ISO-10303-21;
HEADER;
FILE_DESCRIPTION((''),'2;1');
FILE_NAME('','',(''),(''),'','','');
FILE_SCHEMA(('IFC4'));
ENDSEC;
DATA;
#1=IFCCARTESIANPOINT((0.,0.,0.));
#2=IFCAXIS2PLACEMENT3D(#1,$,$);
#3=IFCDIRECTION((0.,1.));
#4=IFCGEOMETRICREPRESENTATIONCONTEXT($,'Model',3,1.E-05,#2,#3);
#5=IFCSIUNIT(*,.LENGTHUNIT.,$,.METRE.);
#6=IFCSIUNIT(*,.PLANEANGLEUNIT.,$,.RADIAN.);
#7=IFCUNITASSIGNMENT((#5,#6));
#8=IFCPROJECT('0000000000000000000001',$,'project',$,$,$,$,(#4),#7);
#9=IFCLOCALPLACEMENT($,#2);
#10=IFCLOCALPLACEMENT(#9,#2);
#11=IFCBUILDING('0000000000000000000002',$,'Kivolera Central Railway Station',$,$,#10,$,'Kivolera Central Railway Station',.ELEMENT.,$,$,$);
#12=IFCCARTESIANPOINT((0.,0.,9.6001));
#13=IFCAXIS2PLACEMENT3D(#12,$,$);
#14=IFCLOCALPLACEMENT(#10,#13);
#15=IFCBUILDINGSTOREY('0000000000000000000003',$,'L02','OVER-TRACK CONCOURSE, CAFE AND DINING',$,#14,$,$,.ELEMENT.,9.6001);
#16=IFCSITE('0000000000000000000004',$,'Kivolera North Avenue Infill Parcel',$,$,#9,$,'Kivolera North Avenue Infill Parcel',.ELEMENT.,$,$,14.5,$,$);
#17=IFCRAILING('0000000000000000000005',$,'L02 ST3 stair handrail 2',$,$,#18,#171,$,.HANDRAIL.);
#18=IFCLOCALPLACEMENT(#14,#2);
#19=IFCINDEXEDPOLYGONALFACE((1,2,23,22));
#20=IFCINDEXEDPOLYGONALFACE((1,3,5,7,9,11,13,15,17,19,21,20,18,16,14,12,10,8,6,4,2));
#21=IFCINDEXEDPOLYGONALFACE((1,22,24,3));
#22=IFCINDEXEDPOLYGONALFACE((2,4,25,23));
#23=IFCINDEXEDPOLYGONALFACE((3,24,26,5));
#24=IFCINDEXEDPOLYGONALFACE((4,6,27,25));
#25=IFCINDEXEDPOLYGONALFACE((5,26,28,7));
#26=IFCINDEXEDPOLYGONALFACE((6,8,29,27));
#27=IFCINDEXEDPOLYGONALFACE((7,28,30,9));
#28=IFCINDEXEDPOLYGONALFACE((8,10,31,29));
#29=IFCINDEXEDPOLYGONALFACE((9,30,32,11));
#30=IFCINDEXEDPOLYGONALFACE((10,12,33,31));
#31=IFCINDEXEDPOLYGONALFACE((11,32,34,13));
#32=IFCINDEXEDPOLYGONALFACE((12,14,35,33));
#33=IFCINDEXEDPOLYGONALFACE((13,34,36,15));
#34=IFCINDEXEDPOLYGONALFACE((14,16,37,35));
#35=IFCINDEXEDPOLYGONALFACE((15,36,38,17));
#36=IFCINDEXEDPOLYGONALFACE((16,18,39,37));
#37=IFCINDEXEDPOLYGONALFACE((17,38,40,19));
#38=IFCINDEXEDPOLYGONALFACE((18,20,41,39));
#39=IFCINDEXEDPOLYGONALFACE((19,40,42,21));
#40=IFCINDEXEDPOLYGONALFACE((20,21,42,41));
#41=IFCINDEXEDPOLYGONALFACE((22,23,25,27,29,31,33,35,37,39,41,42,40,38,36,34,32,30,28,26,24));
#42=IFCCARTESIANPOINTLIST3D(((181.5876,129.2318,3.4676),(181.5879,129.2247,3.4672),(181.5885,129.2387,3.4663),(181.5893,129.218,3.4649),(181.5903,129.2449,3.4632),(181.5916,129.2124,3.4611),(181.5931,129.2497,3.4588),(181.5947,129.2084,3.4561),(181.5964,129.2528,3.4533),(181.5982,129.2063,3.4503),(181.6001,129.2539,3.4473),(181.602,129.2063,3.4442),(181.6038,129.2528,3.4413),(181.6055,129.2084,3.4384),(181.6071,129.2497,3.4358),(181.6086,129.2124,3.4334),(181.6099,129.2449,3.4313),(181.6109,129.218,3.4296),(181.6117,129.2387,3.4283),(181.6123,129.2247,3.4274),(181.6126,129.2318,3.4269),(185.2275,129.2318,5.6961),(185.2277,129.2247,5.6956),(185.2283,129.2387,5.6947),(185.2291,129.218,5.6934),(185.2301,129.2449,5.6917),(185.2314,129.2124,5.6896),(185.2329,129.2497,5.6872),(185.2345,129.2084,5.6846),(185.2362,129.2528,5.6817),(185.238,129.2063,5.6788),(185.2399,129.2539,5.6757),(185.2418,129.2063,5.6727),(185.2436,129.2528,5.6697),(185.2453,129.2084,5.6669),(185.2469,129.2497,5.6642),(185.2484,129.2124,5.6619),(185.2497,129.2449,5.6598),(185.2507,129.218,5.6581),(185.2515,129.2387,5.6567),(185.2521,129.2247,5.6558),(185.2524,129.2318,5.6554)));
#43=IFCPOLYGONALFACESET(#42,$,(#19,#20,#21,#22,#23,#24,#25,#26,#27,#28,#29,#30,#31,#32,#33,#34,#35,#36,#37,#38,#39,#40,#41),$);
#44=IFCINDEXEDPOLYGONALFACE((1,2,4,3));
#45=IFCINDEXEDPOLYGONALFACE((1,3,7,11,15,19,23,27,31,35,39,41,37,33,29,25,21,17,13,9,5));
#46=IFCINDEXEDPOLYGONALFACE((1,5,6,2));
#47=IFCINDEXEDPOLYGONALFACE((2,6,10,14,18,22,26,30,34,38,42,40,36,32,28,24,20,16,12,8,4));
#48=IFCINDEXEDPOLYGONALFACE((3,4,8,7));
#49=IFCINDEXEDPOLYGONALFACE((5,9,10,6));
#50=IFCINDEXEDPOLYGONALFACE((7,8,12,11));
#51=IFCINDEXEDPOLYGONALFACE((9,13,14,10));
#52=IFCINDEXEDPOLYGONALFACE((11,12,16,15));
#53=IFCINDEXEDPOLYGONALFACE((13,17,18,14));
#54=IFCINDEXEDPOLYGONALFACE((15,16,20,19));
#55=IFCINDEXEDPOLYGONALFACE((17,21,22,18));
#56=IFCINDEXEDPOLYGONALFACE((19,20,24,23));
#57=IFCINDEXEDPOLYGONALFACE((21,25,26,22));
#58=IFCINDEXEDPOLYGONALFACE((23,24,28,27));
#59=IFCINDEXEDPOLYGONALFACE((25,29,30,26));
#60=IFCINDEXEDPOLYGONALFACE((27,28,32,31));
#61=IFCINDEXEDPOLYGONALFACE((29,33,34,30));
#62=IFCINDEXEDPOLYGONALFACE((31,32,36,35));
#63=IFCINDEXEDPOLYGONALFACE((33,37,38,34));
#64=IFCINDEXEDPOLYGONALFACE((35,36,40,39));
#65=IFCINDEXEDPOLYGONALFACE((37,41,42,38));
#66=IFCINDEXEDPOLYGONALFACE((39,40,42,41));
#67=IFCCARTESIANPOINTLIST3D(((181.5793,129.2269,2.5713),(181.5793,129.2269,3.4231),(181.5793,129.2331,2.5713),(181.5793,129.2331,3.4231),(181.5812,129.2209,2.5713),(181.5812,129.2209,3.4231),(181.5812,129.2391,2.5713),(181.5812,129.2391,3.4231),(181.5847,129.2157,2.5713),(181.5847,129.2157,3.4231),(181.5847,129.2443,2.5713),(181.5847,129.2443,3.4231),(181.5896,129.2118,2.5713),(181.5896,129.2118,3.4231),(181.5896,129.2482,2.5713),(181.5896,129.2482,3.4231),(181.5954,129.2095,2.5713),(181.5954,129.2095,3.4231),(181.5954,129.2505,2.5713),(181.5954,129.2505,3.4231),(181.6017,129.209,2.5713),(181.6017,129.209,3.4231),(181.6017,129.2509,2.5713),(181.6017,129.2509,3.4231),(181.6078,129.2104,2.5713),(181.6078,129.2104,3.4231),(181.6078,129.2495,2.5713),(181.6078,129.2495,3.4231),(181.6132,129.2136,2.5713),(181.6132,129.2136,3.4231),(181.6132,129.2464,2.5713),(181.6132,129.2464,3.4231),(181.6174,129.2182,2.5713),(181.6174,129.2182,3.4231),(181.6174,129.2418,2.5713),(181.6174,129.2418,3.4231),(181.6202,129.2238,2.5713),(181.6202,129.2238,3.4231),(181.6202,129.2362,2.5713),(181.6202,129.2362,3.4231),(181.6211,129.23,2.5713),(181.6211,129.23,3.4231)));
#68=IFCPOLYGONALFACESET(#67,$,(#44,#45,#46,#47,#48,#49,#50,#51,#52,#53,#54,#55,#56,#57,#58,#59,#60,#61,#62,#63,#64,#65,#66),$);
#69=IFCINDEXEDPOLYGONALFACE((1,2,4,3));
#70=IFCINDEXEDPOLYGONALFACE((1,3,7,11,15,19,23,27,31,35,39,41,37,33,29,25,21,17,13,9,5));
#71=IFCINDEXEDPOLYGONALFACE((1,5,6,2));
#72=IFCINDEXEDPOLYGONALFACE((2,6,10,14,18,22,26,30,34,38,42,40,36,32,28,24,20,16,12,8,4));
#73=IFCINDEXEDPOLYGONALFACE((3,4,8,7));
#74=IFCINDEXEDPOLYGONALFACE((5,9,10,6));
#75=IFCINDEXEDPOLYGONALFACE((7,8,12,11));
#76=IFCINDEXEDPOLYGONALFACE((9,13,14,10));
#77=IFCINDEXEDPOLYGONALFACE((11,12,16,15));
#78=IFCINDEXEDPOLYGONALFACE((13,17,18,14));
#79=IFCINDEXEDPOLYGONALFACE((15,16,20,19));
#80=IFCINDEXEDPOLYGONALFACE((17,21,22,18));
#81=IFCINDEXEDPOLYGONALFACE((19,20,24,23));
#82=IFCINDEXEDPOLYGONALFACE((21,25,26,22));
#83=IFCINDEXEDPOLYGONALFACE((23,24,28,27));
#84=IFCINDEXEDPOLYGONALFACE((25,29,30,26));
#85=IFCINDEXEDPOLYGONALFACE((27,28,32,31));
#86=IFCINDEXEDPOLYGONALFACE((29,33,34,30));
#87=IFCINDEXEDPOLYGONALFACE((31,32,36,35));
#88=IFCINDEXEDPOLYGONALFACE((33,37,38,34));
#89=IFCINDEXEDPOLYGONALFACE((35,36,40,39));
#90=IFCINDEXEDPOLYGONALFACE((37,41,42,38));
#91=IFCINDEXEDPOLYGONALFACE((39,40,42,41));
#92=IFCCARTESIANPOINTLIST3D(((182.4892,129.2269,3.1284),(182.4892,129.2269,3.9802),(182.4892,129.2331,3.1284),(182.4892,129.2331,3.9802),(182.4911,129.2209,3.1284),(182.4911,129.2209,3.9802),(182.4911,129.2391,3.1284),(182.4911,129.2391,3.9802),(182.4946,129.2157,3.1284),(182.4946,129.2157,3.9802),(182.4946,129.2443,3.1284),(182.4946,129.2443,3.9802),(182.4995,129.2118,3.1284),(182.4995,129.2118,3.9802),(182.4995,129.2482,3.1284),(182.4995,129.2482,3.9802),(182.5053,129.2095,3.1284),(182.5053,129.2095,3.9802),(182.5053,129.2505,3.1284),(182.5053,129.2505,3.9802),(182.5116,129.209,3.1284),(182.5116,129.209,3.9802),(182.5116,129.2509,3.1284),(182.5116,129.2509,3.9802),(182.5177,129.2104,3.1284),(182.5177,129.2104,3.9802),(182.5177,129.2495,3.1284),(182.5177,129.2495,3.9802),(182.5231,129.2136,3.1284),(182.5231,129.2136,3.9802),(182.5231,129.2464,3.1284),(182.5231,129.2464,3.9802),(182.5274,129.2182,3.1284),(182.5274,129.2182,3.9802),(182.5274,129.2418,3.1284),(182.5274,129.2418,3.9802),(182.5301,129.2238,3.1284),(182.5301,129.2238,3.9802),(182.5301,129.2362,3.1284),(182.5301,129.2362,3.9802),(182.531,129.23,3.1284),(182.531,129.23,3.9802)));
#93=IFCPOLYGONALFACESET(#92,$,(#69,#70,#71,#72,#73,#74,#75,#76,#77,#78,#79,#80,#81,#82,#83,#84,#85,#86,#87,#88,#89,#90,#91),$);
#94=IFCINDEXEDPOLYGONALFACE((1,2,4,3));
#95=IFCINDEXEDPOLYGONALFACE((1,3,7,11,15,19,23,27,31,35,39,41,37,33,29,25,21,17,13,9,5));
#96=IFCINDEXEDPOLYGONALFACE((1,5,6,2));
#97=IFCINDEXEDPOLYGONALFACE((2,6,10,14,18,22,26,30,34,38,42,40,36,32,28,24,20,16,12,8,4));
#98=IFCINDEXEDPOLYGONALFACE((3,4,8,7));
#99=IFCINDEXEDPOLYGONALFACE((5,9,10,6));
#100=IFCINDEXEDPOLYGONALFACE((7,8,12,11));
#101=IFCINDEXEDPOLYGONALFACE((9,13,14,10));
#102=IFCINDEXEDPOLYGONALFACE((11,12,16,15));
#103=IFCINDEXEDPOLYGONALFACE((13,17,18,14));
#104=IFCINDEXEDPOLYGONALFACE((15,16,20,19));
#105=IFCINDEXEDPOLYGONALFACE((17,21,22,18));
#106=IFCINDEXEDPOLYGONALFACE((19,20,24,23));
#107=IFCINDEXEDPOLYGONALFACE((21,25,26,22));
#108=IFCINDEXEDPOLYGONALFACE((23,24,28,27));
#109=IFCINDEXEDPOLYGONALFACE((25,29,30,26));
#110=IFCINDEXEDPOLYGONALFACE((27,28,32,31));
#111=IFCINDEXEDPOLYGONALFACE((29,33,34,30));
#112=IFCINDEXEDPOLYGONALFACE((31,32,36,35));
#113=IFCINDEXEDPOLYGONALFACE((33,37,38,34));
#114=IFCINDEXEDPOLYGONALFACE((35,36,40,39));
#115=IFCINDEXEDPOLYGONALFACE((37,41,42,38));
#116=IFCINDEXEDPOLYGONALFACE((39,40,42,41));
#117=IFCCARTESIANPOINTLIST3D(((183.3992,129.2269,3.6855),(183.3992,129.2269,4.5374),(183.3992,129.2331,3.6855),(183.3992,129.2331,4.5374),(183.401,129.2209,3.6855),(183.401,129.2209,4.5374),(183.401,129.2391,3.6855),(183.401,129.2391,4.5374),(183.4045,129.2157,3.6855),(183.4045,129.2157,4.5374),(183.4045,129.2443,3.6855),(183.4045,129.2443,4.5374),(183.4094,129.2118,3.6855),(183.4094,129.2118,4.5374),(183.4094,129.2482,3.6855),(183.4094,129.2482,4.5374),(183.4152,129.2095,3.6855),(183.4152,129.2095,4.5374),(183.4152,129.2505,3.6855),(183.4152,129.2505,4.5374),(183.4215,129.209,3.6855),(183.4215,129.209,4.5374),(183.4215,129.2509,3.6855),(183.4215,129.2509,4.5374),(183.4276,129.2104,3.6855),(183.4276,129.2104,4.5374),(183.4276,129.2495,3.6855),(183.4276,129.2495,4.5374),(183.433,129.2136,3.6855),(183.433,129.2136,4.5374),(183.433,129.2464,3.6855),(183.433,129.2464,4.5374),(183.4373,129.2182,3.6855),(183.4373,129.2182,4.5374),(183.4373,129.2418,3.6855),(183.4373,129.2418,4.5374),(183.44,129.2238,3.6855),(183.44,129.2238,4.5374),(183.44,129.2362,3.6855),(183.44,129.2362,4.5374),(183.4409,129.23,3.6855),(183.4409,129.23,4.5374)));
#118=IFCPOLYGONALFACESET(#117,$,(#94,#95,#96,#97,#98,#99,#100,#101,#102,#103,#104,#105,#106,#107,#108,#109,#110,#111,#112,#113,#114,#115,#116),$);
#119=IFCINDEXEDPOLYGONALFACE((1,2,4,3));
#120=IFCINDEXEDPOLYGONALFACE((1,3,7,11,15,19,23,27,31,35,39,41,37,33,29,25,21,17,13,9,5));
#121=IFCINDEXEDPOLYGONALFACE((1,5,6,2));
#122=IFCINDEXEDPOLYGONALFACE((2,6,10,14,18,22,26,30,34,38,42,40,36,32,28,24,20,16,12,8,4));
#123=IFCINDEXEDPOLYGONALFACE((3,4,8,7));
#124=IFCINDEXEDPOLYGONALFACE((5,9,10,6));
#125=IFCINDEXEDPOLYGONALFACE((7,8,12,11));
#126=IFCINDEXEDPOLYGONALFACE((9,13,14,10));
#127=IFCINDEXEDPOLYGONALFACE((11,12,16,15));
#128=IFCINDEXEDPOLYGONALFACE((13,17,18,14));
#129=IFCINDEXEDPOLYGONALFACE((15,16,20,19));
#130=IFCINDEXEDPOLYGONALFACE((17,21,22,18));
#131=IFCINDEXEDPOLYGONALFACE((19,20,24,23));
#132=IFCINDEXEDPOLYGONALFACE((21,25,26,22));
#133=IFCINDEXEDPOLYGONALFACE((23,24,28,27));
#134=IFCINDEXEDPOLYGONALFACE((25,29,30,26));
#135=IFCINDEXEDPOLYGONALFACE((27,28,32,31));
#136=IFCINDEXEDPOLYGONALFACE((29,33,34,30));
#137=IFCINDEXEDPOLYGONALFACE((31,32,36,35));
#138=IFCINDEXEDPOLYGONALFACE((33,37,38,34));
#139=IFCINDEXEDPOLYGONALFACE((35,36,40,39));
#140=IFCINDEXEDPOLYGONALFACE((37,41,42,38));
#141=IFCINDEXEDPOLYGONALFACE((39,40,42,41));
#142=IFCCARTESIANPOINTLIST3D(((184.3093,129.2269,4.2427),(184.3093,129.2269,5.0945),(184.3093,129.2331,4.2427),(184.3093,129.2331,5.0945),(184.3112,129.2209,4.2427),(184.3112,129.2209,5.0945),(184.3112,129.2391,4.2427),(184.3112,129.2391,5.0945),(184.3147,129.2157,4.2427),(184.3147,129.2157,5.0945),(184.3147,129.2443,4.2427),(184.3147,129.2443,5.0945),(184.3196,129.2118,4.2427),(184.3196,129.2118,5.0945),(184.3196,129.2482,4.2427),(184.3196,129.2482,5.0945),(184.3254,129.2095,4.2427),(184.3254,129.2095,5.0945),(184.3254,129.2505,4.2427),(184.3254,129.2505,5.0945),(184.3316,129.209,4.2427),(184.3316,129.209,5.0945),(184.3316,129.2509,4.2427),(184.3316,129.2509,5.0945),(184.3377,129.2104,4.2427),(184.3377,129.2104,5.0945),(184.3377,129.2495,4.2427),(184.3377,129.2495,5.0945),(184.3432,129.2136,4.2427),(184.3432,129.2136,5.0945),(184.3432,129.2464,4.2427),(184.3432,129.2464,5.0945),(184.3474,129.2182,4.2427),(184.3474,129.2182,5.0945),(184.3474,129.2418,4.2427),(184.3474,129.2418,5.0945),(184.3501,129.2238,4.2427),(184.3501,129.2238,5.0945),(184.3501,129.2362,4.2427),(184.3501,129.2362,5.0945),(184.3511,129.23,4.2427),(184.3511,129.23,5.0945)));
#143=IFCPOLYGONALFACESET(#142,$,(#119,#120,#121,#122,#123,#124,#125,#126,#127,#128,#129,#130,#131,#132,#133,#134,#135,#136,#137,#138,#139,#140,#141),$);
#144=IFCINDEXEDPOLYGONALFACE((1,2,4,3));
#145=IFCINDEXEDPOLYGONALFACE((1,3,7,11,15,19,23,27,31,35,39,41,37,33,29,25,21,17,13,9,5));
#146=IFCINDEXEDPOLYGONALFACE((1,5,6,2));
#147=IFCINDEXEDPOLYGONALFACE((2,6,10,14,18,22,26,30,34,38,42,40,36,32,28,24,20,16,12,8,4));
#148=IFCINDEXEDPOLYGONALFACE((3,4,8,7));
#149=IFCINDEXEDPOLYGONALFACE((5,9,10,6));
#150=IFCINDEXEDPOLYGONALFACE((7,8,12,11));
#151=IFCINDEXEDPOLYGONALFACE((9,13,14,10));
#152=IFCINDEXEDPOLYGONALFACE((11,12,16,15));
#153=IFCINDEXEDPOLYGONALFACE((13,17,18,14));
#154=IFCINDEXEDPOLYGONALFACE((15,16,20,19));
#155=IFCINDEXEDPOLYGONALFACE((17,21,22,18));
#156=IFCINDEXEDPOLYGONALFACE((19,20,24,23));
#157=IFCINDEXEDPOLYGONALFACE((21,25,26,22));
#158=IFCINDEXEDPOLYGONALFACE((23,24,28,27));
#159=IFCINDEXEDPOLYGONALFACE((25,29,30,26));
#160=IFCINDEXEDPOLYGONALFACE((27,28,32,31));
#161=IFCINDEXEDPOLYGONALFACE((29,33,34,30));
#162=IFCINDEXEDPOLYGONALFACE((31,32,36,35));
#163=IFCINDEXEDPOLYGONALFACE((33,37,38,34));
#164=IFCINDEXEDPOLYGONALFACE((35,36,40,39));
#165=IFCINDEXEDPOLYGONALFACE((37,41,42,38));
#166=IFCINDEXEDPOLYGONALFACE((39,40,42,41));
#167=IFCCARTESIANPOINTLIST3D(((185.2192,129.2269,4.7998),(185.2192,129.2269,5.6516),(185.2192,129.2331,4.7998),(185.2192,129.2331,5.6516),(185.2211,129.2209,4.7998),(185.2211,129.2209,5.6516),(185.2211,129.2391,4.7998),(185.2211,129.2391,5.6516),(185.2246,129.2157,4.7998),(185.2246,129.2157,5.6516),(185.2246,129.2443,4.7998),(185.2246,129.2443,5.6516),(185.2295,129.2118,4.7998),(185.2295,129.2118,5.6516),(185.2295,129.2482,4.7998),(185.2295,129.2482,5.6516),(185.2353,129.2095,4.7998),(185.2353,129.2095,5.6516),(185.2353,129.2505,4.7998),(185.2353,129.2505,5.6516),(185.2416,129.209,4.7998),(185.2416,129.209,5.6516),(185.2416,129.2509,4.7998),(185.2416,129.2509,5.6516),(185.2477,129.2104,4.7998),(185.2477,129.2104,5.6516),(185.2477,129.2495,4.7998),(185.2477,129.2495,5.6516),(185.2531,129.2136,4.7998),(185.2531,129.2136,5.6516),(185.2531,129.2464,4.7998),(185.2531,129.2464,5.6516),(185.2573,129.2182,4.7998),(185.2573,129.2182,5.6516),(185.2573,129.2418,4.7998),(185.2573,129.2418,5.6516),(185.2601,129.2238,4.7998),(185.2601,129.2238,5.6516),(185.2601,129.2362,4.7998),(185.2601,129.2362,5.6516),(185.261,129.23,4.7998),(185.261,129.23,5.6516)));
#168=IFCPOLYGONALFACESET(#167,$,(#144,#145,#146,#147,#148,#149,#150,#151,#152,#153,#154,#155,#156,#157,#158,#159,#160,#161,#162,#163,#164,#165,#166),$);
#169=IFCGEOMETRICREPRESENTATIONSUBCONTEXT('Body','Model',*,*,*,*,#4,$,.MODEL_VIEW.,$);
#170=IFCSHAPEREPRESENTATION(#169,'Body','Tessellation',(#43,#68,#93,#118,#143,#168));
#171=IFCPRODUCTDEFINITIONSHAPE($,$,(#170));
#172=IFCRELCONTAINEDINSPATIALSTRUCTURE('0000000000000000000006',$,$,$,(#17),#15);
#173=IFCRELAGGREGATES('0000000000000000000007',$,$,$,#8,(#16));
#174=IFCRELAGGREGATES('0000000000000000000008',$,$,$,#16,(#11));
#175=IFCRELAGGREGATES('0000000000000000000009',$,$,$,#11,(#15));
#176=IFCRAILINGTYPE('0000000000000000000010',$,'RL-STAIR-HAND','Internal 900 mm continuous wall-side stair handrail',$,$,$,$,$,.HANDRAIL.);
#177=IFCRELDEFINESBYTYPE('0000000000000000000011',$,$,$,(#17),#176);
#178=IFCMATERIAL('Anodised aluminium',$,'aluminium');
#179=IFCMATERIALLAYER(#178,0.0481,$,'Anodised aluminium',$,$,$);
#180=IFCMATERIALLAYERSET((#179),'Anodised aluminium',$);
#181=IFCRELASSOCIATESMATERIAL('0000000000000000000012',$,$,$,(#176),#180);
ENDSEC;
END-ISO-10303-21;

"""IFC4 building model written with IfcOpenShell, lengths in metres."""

from ifc_helpers import new_model, si_unit, direction, frame, origin, origin_2d, place, context, subcontext, project, spatial, circle, extrude, material, layer, layer_set, type_object, element, save


model = new_model("IFC4")

# Units and contexts
model_context = context("Model", 3, precision=1e-05, world=origin(), true_north=direction((0.0, 1.0)))
body_context = subcontext(model_context, "Body", "Model", "MODEL_VIEW")
ifc_project = project(units=[si_unit("LENGTHUNIT", "METRE"), si_unit("PLANEANGLEUNIT", "RADIAN")], contexts=[model_context])

# Site, building, storey
site_placement = place(None, origin())
site = spatial("IfcSite", under=ifc_project, at=site_placement, Name="Kivolera North Avenue Infill Parcel", LongName="Kivolera North Avenue Infill Parcel", CompositionType="ELEMENT", RefElevation=14.5)
building_placement = place(site_placement, origin())
building = spatial("IfcBuilding", under=site, at=building_placement, Name="Kivolera Central Railway Station", LongName="Kivolera Central Railway Station", CompositionType="ELEMENT")
storey_placement = place(building_placement, frame((0.0, 0.0, 9.6001)))
storey = spatial("IfcBuildingStorey", under=building, at=storey_placement, Name="L02", Description="OVER-TRACK CONCOURSE, CAFE AND DINING", CompositionType="ELEMENT", Elevation=9.6001)

# Shared definitions
ifc_material_1 = material(Name="Anodised aluminium", Category="aluminium")

# Railing
ifc_layer_1 = layer(ifc_material_1, 0.0481, Name="Anodised aluminium")
ifc_layer_set_1 = layer_set([ifc_layer_1], Name="Anodised aluminium")
railing_type = type_object("IfcRailingType", Name="RL-STAIR-HAND", Description="Internal 900 mm continuous wall-side stair handrail", PredefinedType="HANDRAIL", material=ifc_layer_set_1)
railing_placement = place(storey_placement, frame((181.6001, 129.23, 2.5713)))
element("IfcRailing", 1, at=railing_placement, inside=storey, type_object=railing_type, Name="L02 ST3 stair handrail 2", PredefinedType="HANDRAIL", context=body_context, shape_type="SweptSolid", body=[
    extrude(circle(Radius=0.0239, at=origin_2d()), frame((0.0, 0.0, 0.876), z_axis=(0.85285, 0.0, 0.522156), x_axis=(0.0, 1.0, 0.0)), (0.0, 0.0, 1.0), 4.2678),
    extrude(circle(Radius=0.021, at=origin_2d()), origin(), (0.0, 0.0, 1.0), 0.8518),
    extrude(circle(Radius=0.021, at=origin_2d()), frame((0.9099, 0.0, 0.5571)), (0.0, 0.0, 1.0), 0.8518),
    extrude(circle(Radius=0.021, at=origin_2d()), frame((1.8198, 0.0, 1.1143)), (0.0, 0.0, 1.0), 0.8518),
    extrude(circle(Radius=0.021, at=origin_2d()), frame((2.73, 0.0, 1.6714)), (0.0, 0.0, 1.0), 0.8518),
    extrude(circle(Radius=0.021, at=origin_2d()), frame((3.6399, 0.0, 2.2285)), (0.0, 0.0, 1.0), 0.8518),
])

save(model, "model.ifc")
